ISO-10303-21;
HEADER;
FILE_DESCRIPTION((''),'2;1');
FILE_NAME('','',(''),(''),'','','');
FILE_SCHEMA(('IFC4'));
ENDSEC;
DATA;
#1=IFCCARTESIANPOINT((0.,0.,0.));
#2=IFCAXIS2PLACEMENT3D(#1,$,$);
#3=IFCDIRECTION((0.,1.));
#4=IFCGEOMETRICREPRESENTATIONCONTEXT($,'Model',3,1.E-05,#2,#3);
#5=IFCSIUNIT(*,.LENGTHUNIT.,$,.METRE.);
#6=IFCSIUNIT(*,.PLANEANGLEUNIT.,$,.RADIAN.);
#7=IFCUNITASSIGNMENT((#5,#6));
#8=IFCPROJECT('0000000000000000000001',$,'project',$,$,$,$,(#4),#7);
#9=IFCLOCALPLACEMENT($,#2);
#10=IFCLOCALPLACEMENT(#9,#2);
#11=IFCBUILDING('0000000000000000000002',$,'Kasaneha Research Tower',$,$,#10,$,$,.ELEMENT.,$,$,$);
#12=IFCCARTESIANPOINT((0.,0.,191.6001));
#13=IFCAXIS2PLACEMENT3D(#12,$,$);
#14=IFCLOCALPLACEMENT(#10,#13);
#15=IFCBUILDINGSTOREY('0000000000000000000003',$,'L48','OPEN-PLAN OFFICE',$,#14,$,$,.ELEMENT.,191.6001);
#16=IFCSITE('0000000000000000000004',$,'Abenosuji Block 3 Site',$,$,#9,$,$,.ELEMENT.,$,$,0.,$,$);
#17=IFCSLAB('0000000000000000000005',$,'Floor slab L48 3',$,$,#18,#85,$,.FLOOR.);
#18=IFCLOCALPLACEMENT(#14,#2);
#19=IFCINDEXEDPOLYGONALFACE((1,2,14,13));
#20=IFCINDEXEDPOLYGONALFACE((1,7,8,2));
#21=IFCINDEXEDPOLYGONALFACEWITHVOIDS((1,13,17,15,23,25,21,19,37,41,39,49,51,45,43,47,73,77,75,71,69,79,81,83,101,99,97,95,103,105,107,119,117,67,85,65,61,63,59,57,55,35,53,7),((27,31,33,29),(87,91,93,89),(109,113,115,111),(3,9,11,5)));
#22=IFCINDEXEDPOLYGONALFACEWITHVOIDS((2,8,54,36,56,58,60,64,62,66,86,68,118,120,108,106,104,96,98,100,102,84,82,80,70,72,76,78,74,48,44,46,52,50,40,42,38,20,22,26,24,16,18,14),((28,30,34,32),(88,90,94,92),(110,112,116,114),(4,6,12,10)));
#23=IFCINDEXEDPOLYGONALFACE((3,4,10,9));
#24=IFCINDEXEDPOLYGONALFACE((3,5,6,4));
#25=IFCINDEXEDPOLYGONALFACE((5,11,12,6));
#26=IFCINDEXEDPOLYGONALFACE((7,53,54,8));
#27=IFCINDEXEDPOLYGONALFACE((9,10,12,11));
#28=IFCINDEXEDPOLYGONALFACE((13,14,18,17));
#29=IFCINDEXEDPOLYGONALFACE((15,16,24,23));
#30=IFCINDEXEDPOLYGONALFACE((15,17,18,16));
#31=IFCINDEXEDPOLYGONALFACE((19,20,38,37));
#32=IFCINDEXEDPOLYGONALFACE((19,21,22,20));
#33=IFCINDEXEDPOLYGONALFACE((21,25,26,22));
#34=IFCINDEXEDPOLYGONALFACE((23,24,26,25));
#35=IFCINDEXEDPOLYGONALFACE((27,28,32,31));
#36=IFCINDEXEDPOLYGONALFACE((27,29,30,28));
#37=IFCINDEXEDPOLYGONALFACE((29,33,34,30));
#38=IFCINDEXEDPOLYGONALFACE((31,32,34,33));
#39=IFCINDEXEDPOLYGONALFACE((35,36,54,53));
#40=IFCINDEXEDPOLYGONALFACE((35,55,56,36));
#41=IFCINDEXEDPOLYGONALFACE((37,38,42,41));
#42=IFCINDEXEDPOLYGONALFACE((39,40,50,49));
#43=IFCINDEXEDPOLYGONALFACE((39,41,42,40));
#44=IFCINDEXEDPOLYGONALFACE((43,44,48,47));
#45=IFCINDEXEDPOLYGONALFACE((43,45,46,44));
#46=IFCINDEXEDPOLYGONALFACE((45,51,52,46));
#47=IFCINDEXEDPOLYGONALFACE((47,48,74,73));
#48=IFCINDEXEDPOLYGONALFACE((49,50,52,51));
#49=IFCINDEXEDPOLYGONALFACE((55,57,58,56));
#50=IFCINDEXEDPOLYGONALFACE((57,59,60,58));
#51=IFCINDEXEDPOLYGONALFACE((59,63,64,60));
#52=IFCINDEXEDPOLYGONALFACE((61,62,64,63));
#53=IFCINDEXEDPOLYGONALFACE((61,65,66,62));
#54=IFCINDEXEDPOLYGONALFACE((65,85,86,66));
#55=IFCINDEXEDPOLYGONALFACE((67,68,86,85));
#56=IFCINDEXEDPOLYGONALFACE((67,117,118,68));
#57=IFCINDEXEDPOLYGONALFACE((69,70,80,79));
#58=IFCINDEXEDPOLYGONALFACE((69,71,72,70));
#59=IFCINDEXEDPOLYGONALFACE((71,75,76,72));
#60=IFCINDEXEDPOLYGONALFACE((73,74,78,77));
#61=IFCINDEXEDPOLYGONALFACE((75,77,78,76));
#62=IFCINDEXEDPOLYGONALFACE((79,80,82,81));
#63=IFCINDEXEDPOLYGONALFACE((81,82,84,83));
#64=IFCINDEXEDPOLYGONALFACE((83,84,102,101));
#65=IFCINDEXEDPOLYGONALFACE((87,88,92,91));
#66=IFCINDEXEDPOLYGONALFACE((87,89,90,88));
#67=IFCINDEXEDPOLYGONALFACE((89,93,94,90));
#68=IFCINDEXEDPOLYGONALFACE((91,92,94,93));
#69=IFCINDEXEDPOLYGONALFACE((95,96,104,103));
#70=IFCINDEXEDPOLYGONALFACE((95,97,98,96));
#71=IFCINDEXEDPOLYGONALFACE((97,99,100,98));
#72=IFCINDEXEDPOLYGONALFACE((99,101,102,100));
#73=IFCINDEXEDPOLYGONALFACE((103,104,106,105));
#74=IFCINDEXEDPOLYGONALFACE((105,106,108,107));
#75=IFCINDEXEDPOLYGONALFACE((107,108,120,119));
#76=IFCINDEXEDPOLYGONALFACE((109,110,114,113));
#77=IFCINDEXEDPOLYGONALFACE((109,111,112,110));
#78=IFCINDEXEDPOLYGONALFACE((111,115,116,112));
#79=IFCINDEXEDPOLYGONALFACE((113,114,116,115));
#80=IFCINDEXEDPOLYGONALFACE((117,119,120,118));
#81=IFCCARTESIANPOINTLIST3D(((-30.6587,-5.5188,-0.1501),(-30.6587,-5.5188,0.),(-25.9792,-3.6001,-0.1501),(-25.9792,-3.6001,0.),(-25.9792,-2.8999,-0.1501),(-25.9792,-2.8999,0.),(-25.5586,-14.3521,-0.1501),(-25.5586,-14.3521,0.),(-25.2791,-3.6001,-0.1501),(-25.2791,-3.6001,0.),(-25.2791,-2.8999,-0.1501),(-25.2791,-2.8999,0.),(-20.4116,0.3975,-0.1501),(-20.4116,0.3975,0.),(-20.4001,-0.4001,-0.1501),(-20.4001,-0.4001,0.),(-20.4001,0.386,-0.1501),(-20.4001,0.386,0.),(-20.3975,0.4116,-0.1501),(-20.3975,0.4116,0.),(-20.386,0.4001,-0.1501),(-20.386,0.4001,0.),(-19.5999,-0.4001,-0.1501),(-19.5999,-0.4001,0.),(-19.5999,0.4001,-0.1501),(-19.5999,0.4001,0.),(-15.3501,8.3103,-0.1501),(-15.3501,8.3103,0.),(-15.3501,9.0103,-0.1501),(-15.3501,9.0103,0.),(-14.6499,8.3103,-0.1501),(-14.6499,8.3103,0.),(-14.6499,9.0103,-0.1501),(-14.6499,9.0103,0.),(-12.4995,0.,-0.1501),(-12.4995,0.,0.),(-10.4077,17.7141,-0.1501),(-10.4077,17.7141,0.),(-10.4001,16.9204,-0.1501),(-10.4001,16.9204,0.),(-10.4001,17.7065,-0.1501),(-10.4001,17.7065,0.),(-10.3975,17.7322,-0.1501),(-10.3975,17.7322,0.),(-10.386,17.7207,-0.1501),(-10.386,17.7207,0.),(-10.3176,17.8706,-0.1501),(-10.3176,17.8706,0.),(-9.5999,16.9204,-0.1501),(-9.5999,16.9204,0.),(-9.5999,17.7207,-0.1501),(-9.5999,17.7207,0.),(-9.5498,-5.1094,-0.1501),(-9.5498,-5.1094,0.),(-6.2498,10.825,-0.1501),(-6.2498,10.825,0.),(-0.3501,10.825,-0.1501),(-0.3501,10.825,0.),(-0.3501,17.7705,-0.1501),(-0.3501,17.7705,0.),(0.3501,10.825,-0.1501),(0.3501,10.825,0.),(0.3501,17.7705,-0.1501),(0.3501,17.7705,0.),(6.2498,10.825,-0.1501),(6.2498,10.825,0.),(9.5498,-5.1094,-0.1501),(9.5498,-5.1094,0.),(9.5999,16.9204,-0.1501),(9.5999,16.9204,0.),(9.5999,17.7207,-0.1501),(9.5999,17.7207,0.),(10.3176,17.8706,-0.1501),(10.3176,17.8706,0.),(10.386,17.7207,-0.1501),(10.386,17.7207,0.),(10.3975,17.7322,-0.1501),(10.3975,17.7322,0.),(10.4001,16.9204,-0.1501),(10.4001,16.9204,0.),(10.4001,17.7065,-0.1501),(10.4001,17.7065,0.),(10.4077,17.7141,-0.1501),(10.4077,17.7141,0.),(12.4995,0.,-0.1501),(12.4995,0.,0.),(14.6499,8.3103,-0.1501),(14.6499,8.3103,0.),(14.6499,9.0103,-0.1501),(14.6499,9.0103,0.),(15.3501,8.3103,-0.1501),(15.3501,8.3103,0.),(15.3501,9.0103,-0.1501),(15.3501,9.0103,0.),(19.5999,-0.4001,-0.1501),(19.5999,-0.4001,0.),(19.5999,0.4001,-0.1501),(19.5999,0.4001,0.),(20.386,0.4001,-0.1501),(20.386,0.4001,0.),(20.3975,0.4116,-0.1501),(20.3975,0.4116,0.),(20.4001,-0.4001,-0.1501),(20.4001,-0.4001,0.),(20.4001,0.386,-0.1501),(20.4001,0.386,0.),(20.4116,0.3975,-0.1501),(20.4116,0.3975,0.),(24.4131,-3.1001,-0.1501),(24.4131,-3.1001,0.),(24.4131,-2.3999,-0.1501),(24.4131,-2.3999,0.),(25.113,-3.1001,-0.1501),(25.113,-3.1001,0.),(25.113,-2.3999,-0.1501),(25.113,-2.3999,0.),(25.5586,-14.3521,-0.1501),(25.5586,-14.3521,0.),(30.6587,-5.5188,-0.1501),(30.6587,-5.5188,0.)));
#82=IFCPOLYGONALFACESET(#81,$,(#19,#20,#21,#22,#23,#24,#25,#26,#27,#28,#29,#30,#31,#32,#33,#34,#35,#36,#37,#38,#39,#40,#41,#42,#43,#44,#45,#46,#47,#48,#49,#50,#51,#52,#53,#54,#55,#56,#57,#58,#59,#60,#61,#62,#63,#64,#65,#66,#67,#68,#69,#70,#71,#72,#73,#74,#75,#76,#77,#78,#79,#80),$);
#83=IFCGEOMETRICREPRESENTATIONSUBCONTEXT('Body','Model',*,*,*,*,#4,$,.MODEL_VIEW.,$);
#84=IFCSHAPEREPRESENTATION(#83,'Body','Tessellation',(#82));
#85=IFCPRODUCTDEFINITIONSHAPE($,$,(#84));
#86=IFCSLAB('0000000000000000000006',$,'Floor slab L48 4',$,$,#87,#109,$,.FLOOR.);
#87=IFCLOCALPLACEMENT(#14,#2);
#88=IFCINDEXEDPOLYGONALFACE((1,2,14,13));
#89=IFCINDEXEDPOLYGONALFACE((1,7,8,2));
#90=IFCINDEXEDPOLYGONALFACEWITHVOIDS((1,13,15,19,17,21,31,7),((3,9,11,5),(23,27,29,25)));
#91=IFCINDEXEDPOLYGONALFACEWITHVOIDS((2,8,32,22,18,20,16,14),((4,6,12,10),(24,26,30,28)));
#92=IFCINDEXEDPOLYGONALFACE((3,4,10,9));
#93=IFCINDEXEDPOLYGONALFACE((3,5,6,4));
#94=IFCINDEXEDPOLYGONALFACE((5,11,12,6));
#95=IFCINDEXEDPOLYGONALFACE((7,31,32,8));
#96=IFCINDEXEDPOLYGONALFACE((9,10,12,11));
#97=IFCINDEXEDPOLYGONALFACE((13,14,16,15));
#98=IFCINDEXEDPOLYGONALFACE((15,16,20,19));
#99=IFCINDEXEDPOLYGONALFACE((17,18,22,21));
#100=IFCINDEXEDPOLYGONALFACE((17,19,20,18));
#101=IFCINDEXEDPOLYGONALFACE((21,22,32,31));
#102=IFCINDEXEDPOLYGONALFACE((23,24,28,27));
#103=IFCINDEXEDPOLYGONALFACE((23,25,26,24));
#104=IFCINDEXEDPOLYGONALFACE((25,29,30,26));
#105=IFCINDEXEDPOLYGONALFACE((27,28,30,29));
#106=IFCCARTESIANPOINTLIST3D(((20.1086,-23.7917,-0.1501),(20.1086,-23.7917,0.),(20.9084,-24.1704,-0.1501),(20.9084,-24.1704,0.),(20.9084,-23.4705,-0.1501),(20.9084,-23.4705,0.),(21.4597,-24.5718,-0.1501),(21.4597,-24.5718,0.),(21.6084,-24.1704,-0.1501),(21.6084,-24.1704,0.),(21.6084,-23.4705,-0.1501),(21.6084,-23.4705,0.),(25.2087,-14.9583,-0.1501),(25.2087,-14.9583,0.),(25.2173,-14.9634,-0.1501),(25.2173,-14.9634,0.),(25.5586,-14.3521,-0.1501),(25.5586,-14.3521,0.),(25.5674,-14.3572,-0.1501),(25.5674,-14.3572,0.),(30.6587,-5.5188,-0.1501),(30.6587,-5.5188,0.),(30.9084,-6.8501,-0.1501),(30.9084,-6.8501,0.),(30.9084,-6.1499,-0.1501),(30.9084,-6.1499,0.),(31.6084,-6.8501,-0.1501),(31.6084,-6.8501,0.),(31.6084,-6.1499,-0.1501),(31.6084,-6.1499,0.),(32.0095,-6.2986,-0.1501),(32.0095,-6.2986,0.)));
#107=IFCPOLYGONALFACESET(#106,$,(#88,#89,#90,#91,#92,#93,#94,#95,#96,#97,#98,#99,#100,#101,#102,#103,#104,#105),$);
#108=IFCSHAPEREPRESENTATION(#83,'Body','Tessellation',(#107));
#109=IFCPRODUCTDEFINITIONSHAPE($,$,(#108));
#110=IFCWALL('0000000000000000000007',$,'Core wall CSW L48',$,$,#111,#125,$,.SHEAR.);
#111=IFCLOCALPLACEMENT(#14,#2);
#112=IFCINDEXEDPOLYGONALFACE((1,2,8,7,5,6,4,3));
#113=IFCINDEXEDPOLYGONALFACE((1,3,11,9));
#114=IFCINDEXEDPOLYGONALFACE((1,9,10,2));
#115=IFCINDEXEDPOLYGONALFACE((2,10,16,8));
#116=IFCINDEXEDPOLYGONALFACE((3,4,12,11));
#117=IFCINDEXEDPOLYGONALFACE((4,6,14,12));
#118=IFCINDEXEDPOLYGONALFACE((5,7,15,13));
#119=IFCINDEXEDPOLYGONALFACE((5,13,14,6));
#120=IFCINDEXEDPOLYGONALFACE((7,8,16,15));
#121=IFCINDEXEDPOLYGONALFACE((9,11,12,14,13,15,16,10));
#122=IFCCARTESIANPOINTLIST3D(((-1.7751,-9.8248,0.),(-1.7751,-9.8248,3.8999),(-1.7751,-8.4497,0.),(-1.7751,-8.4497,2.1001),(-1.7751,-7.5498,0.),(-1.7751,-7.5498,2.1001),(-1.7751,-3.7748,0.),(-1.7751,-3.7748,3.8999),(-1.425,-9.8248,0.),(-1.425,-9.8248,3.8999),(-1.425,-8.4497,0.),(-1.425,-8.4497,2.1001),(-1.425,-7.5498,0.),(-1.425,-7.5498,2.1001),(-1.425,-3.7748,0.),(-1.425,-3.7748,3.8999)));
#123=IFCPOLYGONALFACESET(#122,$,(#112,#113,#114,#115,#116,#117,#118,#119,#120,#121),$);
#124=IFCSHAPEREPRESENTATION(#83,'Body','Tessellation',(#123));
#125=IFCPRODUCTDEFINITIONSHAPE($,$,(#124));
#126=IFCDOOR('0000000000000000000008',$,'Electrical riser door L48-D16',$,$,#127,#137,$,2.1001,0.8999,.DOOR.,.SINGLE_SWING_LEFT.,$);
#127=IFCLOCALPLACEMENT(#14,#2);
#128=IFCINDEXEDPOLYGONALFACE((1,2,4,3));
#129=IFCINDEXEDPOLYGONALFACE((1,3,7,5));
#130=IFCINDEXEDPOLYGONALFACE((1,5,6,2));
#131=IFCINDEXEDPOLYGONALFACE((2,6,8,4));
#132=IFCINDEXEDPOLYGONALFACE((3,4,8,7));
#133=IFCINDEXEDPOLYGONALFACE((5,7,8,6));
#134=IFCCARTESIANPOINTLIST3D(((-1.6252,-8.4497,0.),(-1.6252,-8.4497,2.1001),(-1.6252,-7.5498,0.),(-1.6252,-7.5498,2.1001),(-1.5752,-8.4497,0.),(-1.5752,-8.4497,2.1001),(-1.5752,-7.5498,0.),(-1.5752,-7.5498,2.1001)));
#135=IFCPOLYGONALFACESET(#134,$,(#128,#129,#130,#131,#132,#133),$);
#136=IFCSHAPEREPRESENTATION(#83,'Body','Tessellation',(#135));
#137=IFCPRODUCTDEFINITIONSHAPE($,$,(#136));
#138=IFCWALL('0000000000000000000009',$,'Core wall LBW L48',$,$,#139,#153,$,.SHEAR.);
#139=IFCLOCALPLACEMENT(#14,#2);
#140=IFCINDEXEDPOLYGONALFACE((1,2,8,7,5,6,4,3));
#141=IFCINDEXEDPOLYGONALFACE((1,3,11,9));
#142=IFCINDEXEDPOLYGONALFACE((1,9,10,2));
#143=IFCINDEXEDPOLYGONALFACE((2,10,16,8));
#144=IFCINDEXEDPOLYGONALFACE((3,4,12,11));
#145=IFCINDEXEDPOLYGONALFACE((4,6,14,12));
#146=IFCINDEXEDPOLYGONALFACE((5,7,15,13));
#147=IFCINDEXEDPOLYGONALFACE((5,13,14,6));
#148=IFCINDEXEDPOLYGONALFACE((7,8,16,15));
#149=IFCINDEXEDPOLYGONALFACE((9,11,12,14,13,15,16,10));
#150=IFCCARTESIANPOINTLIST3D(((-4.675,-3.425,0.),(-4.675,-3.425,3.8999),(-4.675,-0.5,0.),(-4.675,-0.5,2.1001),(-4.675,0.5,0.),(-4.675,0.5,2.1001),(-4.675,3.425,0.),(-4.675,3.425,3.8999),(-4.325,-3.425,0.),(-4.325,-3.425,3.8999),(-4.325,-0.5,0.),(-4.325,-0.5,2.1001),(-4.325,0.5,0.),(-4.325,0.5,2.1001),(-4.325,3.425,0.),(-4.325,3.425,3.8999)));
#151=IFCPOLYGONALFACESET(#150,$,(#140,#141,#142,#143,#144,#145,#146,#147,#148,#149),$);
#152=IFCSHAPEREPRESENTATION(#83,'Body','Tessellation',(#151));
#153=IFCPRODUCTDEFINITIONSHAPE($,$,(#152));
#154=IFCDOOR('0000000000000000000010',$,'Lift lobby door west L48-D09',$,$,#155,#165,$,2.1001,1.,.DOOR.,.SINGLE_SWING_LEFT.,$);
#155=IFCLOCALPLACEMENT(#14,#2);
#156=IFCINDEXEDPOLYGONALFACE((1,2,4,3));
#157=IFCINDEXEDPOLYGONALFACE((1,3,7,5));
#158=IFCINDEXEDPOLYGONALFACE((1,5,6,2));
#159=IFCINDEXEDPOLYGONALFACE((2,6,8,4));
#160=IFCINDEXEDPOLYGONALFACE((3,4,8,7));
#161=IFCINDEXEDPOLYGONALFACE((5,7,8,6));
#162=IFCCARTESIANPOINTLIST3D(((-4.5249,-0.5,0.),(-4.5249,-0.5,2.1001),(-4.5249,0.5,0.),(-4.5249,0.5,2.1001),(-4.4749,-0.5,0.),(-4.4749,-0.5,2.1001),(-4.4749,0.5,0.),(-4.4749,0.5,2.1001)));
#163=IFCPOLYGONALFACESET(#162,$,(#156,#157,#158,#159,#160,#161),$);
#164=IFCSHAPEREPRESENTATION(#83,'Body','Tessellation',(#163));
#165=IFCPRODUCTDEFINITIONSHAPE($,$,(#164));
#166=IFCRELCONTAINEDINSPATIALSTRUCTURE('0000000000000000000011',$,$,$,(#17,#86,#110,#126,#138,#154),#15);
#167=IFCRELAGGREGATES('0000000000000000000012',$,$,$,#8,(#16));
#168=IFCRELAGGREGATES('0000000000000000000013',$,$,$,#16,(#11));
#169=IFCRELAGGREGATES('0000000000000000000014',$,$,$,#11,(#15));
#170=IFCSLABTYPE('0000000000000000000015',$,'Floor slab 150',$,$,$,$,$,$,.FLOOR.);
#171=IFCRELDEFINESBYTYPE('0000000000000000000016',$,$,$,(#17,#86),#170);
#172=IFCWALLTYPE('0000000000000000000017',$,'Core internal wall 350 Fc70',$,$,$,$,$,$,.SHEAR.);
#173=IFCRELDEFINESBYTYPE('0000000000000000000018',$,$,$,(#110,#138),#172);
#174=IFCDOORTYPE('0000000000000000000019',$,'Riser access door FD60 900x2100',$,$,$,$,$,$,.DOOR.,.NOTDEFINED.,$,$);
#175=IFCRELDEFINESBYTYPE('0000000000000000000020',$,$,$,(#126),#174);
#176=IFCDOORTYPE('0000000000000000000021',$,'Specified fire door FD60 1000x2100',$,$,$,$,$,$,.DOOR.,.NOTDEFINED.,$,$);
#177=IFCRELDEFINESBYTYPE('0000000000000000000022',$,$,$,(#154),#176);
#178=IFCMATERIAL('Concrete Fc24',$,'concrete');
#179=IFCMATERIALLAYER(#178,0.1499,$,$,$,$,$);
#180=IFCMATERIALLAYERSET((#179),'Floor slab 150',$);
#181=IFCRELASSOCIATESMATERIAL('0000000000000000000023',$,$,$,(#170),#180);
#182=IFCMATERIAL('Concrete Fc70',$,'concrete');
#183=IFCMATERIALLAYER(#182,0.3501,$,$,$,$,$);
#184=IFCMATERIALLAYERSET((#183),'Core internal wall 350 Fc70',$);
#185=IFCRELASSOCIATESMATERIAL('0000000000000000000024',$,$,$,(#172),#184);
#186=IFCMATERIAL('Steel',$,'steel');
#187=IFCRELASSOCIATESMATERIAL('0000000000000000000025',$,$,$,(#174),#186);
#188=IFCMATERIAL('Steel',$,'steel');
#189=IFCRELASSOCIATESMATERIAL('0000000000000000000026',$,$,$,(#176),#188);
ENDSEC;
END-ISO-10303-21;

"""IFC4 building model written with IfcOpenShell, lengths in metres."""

from ifc_helpers import new_model, si_unit, direction, frame, frame_2d, origin, place, context, subcontext, project, spatial, polyline, rectangle, outline, extrude, material, layer, layer_set, type_object, element, fill, save


model = new_model("IFC4")

# Units and contexts
model_context = context("Model", 3, precision=1e-05, world=origin(), true_north=direction((0.0, 1.0)))
body_context = subcontext(model_context, "Body", "Model", "MODEL_VIEW")
ifc_project = project(units=[si_unit("LENGTHUNIT", "METRE"), si_unit("PLANEANGLEUNIT", "RADIAN")], contexts=[model_context])

# Site, building, storey
site_placement = place(None, origin())
site = spatial("IfcSite", under=ifc_project, at=site_placement, Name="Abenosuji Block 3 Site", CompositionType="ELEMENT", RefElevation=0.0)
building_placement = place(site_placement, origin())
building = spatial("IfcBuilding", under=site, at=building_placement, Name="Kasaneha Research Tower", CompositionType="ELEMENT")
storey_placement = place(building_placement, frame((0.0, 0.0, 191.6001)))
storey = spatial("IfcBuildingStorey", under=building, at=storey_placement, Name="L48", Description="OPEN-PLAN OFFICE", CompositionType="ELEMENT", Elevation=191.6001)

# Slabs
ifc_material_1 = material(Name="Concrete Fc24", Category="concrete")
ifc_layer_1 = layer(ifc_material_1, 0.1499)
ifc_layer_set_1 = layer_set([ifc_layer_1], Name="Floor slab 150")
slab_type_1 = type_object("IfcSlabType", Name="Floor slab 150", PredefinedType="FLOOR", material=ifc_layer_set_1)
slab_1_placement = place(storey_placement, frame((0.0, 0.0, -0.1501)))
element("IfcSlab", 1, at=slab_1_placement, inside=storey, type_object=slab_type_1, Name="Floor slab L48 3", PredefinedType="FLOOR", context=body_context, shape_type="SweptSolid", body=[
    extrude(outline(polyline([(-20.4001, -0.4001), (-19.5999, -0.4001), (-19.5999, 0.4001), (-20.386, 0.4001), (-20.3975, 0.4116), (-10.4077, 17.7141), (-10.4001, 17.7065), (-10.4001, 16.9204), (-9.5999, 16.9204), (-9.5999, 17.7207), (-10.386, 17.7207), (-10.3975, 17.7322), (-10.3176, 17.8706), (10.3176, 17.8706), (10.3975, 17.7322), (10.386, 17.7207), (9.5999, 17.7207), (9.5999, 16.9204), (10.4001, 16.9204), (10.4001, 17.7065), (10.4077, 17.7141), (20.3975, 0.4116), (20.386, 0.4001), (19.5999, 0.4001), (19.5999, -0.4001), (20.4001, -0.4001), (20.4001, 0.386), (20.4116, 0.3975), (30.6587, -5.5188), (25.5586, -14.3521), (9.5498, -5.1094), (12.4995, 0.0), (6.2498, 10.825), (0.3501, 10.825), (0.3501, 17.7705), (-0.3501, 17.7705), (-0.3501, 10.825), (-6.2498, 10.825), (-12.4995, 0.0), (-9.5498, -5.1094), (-25.5586, -14.3521), (-30.6587, -5.5188), (-20.4116, 0.3975), (-20.4001, 0.386), (-20.4001, -0.4001)]), holes=[polyline([(-25.2791, -3.6001), (-25.2791, -2.8999), (-25.9792, -2.8999), (-25.9792, -3.6001), (-25.2791, -3.6001)]), polyline([(-15.3501, 8.3103), (-14.6499, 8.3103), (-14.6499, 9.0103), (-15.3501, 9.0103), (-15.3501, 8.3103)]), polyline([(24.4131, -3.1001), (25.113, -3.1001), (25.113, -2.3999), (24.4131, -2.3999), (24.4131, -3.1001)]), polyline([(14.6499, 8.3103), (15.3501, 8.3103), (15.3501, 9.0103), (14.6499, 9.0103), (14.6499, 8.3103)])]), origin(), (0.0, 0.0, 1.0), 0.1501),
])
slab_2_placement = place(storey_placement, frame((0.0, 0.0, -0.1501)))
element("IfcSlab", 2, at=slab_2_placement, inside=storey, type_object=slab_type_1, Name="Floor slab L48 4", PredefinedType="FLOOR", context=body_context, shape_type="SweptSolid", body=[
    extrude(outline(polyline([(32.0095, -6.2986), (21.4597, -24.5718), (20.1086, -23.7917), (25.2087, -14.9583), (25.2173, -14.9634), (25.5674, -14.3572), (25.5586, -14.3521), (30.6587, -5.5188), (32.0095, -6.2986)]), holes=[polyline([(21.6084, -24.1704), (21.6084, -23.4705), (20.9084, -23.4705), (20.9084, -24.1704), (21.6084, -24.1704)]), polyline([(31.6084, -6.8501), (31.6084, -6.1499), (30.9084, -6.1499), (30.9084, -6.8501), (31.6084, -6.8501)])]), origin(), (0.0, 0.0, 1.0), 0.1501),
])

# Shared definitions
ifc_material_2 = material(Name="Concrete Fc70", Category="concrete")
ifc_layer_2 = layer(ifc_material_2, 0.3501)
ifc_layer_set_2 = layer_set([ifc_layer_2], Name="Core internal wall 350 Fc70")
wall_type = type_object("IfcWallType", Name="Core internal wall 350 Fc70", PredefinedType="SHEAR", material=ifc_layer_set_2)

# Walls, openings, doors
wall_1_placement = place(storey_placement, frame((-1.6001, -3.7749, 0.0), z_axis=(0.0, 0.0, 1.0), x_axis=(0.0, -1.0, 0.0)))
wall_1 = element("IfcWall", 3, at=wall_1_placement, inside=storey, type_object=wall_type, Name="Core wall CSW L48", PredefinedType="SHEAR", context=body_context, shape_type="SweptSolid", body=[
    extrude(rectangle(XDim=6.05, YDim=0.3501, at=frame_2d((3.0249, 0.0))), origin(), (0.0, 0.0, 1.0), 3.8999),
])
opening_1_placement = place(wall_1_placement, frame((3.7749, 0.0, 0.0)))
opening_1 = element("IfcOpeningElement", 4, at=opening_1_placement, cuts=wall_1, PredefinedType="OPENING", context=body_context, shape_type="SweptSolid", body=[
    extrude(rectangle(XDim=0.8999, YDim=2.1001, at=frame_2d((0.45, 1.05))), frame((0.0, 0.1851, 0.0), z_axis=(0.0, -1.0, 0.0), x_axis=(1.0, 0.0, 0.0)), (0.0, 0.0, 1.0), 0.3701),
])
ifc_material_3 = material(Name="Steel", Category="steel")
door_type_1 = type_object("IfcDoorType", Name="Riser access door FD60 900x2100", OperationType="NOTDEFINED", PredefinedType="DOOR", material=ifc_material_3)
door_1_placement = place(opening_1_placement, origin())
door_1 = element("IfcDoor", 5, at=door_1_placement, inside=storey, type_object=door_type_1, Name="Electrical riser door L48-D16", OperationType="SINGLE_SWING_LEFT", OverallHeight=2.1001, OverallWidth=0.8999, PredefinedType="DOOR", context=body_context, shape_type="SweptSolid", body=[
    extrude(rectangle(XDim=0.8999, YDim=2.1001, at=frame_2d((0.45, 1.05))), frame((0.0, 0.0249, 0.0), z_axis=(0.0, -1.0, 0.0), x_axis=(1.0, 0.0, 0.0)), (0.0, 0.0, 1.0), 0.05),
])
fill(opening_1, door_1)
wall_2_placement = place(storey_placement, frame((-4.5, -3.425, 0.0), z_axis=(0.0, 0.0, 1.0), x_axis=(0.0, 1.0, 0.0)))
wall_2 = element("IfcWall", 6, at=wall_2_placement, inside=storey, type_object=wall_type, Name="Core wall LBW L48", PredefinedType="SHEAR", context=body_context, shape_type="SweptSolid", body=[
    extrude(rectangle(XDim=6.8501, YDim=0.3501, at=frame_2d((3.425, 0.0))), origin(), (0.0, 0.0, 1.0), 3.8999),
])
opening_2_placement = place(wall_2_placement, frame((2.925, 0.0, 0.0)))
opening_2 = element("IfcOpeningElement", 7, at=opening_2_placement, cuts=wall_2, PredefinedType="OPENING", context=body_context, shape_type="SweptSolid", body=[
    extrude(rectangle(XDim=1.0, YDim=2.1001, at=frame_2d((0.5, 1.05))), frame((0.0, 0.1851, 0.0), z_axis=(0.0, -1.0, 0.0), x_axis=(1.0, 0.0, 0.0)), (0.0, 0.0, 1.0), 0.3701),
])
ifc_material_4 = material(Name="Steel", Category="steel")
door_type_2 = type_object("IfcDoorType", Name="Specified fire door FD60 1000x2100", OperationType="NOTDEFINED", PredefinedType="DOOR", material=ifc_material_4)
door_2_placement = place(opening_2_placement, origin())
door_2 = element("IfcDoor", 8, at=door_2_placement, inside=storey, type_object=door_type_2, Name="Lift lobby door west L48-D09", OperationType="SINGLE_SWING_LEFT", OverallHeight=2.1001, OverallWidth=1.0, PredefinedType="DOOR", context=body_context, shape_type="SweptSolid", body=[
    extrude(rectangle(XDim=1.0, YDim=2.1001, at=frame_2d((0.5, 1.05))), frame((0.0, 0.0249, 0.0), z_axis=(0.0, -1.0, 0.0), x_axis=(1.0, 0.0, 0.0)), (0.0, 0.0, 1.0), 0.05),
])
fill(opening_2, door_2)

save(model, "model.ifc")
